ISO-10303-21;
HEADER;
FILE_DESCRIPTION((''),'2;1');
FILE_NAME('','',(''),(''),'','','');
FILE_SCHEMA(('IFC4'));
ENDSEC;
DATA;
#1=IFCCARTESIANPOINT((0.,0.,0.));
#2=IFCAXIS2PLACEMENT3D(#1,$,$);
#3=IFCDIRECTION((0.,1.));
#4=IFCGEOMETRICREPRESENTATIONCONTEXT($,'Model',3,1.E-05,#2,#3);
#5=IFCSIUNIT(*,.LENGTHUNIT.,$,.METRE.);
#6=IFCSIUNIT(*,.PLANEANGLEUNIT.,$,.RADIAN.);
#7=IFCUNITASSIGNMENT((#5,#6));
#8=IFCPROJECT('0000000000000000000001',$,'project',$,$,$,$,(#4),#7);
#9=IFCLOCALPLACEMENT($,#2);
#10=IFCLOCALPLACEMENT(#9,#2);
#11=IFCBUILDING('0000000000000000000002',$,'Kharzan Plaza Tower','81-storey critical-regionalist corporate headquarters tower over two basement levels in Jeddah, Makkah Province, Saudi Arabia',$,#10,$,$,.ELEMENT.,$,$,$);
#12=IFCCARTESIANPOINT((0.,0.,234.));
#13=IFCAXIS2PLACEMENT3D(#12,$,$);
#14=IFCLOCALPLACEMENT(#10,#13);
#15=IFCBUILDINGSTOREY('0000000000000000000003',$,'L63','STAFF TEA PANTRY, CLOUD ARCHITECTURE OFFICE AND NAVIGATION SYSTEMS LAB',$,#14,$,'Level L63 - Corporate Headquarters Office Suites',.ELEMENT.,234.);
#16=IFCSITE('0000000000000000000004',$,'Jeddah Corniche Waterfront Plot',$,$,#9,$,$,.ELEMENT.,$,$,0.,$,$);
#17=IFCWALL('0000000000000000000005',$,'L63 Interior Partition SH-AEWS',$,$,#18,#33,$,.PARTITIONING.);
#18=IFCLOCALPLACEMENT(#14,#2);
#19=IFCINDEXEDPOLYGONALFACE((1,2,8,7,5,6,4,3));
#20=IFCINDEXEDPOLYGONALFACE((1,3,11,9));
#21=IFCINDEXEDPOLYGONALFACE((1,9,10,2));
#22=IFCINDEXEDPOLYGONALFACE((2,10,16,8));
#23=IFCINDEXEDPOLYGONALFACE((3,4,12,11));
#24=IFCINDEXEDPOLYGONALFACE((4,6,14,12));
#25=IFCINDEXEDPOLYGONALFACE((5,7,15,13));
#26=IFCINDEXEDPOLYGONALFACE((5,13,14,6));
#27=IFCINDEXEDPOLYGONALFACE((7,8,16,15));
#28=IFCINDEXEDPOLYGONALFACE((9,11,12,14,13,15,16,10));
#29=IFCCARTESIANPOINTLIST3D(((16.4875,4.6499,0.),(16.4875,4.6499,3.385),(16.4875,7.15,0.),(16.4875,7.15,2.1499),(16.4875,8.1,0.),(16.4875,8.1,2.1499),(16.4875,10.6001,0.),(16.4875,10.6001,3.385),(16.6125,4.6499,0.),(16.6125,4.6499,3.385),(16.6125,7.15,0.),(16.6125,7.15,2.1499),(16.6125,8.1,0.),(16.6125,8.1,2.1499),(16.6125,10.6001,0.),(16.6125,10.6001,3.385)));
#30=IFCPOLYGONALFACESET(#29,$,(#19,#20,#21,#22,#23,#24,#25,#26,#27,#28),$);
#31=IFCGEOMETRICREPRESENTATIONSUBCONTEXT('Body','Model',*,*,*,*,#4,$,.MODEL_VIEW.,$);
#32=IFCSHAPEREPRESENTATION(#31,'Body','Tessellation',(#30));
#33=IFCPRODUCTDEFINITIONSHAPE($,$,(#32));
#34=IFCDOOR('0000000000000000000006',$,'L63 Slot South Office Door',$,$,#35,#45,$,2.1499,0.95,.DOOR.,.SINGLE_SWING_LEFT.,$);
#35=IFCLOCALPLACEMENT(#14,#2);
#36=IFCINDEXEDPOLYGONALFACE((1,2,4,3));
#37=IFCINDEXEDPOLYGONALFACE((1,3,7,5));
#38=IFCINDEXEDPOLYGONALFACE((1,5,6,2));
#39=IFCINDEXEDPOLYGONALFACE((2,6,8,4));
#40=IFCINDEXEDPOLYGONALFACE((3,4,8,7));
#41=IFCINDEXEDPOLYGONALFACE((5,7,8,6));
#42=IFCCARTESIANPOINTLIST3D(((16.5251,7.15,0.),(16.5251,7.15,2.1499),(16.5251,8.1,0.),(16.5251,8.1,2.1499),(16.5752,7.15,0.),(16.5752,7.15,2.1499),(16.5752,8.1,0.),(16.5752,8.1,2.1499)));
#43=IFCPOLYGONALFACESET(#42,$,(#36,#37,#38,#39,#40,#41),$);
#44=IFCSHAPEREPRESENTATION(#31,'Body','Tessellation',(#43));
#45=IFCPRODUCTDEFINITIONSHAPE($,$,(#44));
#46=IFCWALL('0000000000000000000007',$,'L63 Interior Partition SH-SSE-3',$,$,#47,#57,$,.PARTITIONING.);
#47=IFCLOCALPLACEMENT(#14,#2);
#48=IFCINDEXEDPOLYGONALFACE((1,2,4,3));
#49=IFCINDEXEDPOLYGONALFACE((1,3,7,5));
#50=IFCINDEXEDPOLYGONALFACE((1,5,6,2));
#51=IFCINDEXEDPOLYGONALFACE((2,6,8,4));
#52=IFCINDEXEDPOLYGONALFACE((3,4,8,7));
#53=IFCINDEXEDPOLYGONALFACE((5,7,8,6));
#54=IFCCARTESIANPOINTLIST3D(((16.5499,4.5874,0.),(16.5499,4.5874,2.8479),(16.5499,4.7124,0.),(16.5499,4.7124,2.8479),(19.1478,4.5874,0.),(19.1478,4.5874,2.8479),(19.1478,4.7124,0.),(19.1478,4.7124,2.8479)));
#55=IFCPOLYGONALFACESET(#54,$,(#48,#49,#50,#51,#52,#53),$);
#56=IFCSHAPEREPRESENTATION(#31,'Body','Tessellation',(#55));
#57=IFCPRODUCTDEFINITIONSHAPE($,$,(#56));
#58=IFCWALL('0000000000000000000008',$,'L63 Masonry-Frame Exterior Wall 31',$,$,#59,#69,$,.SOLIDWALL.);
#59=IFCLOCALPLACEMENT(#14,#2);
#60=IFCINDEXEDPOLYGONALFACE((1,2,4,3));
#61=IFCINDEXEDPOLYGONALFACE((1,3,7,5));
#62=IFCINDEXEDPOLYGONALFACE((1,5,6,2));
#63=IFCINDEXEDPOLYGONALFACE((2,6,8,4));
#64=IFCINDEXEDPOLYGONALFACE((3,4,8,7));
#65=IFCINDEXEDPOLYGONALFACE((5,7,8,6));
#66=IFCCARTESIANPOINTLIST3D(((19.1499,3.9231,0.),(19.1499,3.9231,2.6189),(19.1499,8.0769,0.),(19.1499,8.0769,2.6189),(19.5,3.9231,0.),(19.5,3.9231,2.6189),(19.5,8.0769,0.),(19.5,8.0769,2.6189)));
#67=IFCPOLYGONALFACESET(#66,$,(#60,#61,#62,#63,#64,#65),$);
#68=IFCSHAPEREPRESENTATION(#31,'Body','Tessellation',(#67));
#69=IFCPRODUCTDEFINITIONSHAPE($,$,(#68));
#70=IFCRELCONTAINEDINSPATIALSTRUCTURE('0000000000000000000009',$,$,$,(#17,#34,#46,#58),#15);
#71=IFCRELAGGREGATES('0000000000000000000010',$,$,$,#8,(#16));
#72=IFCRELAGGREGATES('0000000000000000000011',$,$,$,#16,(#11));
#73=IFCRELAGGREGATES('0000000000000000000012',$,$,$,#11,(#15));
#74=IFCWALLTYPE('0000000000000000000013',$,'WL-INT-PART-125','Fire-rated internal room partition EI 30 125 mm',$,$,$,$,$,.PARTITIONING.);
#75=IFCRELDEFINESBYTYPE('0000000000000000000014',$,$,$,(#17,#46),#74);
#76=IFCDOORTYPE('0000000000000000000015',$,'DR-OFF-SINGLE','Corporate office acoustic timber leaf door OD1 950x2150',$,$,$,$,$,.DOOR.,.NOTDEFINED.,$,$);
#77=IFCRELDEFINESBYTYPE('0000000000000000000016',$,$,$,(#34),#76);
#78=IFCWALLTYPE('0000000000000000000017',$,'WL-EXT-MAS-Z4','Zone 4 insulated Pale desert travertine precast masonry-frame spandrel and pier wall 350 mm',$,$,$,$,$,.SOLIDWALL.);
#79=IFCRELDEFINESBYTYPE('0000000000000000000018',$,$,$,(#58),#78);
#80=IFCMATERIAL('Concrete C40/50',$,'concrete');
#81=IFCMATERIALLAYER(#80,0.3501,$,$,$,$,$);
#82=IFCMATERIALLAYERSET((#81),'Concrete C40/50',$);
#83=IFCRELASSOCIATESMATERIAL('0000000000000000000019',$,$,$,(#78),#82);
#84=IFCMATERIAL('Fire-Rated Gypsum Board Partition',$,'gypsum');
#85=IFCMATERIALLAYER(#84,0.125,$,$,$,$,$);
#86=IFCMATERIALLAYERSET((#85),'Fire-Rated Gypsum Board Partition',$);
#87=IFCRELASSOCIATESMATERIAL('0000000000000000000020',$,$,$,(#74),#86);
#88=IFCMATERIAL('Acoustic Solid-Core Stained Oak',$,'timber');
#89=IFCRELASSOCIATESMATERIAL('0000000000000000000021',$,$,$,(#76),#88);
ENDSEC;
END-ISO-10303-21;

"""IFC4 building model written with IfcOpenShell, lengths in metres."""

from ifc_helpers import new_model, si_unit, direction, frame, frame_2d, origin, place, context, subcontext, project, spatial, rectangle, extrude, source, transform, mapped, material, layer, layer_set, type_object, element, fill, save


model = new_model("IFC4")

# Units and contexts
model_context = context("Model", 3, precision=1e-05, world=origin(), true_north=direction((0.0, 1.0)))
body_context = subcontext(model_context, "Body", "Model", "MODEL_VIEW")
ifc_project = project(units=[si_unit("LENGTHUNIT", "METRE"), si_unit("PLANEANGLEUNIT", "RADIAN")], contexts=[model_context])

# Site, building, storey
site_placement = place(None, origin())
site = spatial("IfcSite", under=ifc_project, at=site_placement, Name="Jeddah Corniche Waterfront Plot", CompositionType="ELEMENT", RefElevation=0.0)
building_placement = place(site_placement, origin())
building = spatial("IfcBuilding", under=site, at=building_placement, Name="Kharzan Plaza Tower", Description="81-storey critical-regionalist corporate headquarters tower over two basement levels in Jeddah, Makkah Province, Saudi Arabia", CompositionType="ELEMENT")
storey_placement = place(building_placement, frame((0.0, 0.0, 234.0)))
storey = spatial("IfcBuildingStorey", under=building, at=storey_placement, Name="L63", Description="STAFF TEA PANTRY, CLOUD ARCHITECTURE OFFICE AND NAVIGATION SYSTEMS LAB", LongName="Level L63 - Corporate Headquarters Office Suites", CompositionType="ELEMENT", Elevation=234.0)

# Shared definitions
ifc_material_1 = material(Name="Concrete C40/50", Category="concrete")
ifc_layer_1 = layer(ifc_material_1, 0.3501)
ifc_layer_set_1 = layer_set([ifc_layer_1], Name="Concrete C40/50")
wall_type_1 = type_object("IfcWallType", Name="WL-EXT-MAS-Z4", Description="Zone 4 insulated Pale desert travertine precast masonry-frame spandrel and pier wall 350 mm", PredefinedType="SOLIDWALL", material=ifc_layer_set_1)

# Wall, opening, door
ifc_material_2 = material(Name="Fire-Rated Gypsum Board Partition", Category="gypsum")
ifc_layer_2 = layer(ifc_material_2, 0.125)
ifc_layer_set_2 = layer_set([ifc_layer_2], Name="Fire-Rated Gypsum Board Partition")
wall_type_2 = type_object("IfcWallType", Name="WL-INT-PART-125", Description="Fire-rated internal room partition EI 30 125 mm", PredefinedType="PARTITIONING", material=ifc_layer_set_2)
wall_1_placement = place(storey_placement, frame((16.55, 4.6499, 0.0), z_axis=(0.0, 0.0, 1.0), x_axis=(0.0, 1.0, 0.0)))
wall_1 = element("IfcWall", 1, at=wall_1_placement, inside=storey, type_object=wall_type_2, Name="L63 Interior Partition SH-AEWS", PredefinedType="PARTITIONING", context=body_context, shape_type="SweptSolid", body=[
    extrude(rectangle(XDim=5.9502, YDim=0.125, at=frame_2d((2.9751, 0.0))), origin(), (0.0, 0.0, 1.0), 3.385),
])
opening_1_placement = place(wall_1_placement, frame((2.5, 0.0, 0.0)))
opening_1 = element("IfcOpeningElement", 2, at=opening_1_placement, cuts=wall_1, PredefinedType="OPENING", context=body_context, shape_type="SweptSolid", body=[
    extrude(rectangle(XDim=0.95, YDim=2.1499, at=frame_2d((0.4751, 1.075))), frame((0.0, 0.0725, 0.0), z_axis=(0.0, -1.0, 0.0), x_axis=(1.0, 0.0, 0.0)), (0.0, 0.0, 1.0), 0.145),
])
ifc_material_3 = material(Name="Acoustic Solid-Core Stained Oak", Category="timber")
door_type = type_object("IfcDoorType", Name="DR-OFF-SINGLE", Description="Corporate office acoustic timber leaf door OD1 950x2150", OperationType="NOTDEFINED", PredefinedType="DOOR", material=ifc_material_3)
shared_shape_1 = source(origin(), body_context, "Body", "SweptSolid", [
    extrude(rectangle(XDim=0.95, YDim=2.1499, at=frame_2d((0.4751, 1.075))), frame((0.0, 0.0249, 0.0), z_axis=(0.0, -1.0, 0.0), x_axis=(1.0, 0.0, 0.0)), (0.0, 0.0, 1.0), 0.05),
])
door_placement = place(opening_1_placement, origin())
door = element("IfcDoor", 3, at=door_placement, inside=storey, type_object=door_type, Name="L63 Slot South Office Door", OperationType="SINGLE_SWING_LEFT", OverallHeight=2.1499, OverallWidth=0.95, PredefinedType="DOOR", context=body_context, shape_type="MappedRepresentation", body=[
    mapped(shared_shape_1, transform((0.0, 0.0, 0.0), x_axis=(1.0, 0.0, 0.0), y_axis=(0.0, 1.0, 0.0), z_axis=(0.0, 0.0, 1.0))),
])
fill(opening_1, door)

# Walls
shared_shape_2 = source(origin(), body_context, "Body", "SweptSolid", [
    extrude(rectangle(XDim=2.5979, YDim=0.125, at=frame_2d((1.2988, 0.0))), origin(), (0.0, 0.0, 1.0), 2.8479),
])
wall_2_placement = place(storey_placement, frame((16.55, 4.6499, 0.0), z_axis=(0.0, 0.0, 1.0), x_axis=(1.0, 0.0, 0.0)))
element("IfcWall", 4, at=wall_2_placement, inside=storey, type_object=wall_type_2, Name="L63 Interior Partition SH-SSE-3", PredefinedType="PARTITIONING", context=body_context, shape_type="MappedRepresentation", body=[
    mapped(shared_shape_2, transform((0.0, 0.0, 0.0), x_axis=(1.0, 0.0, 0.0), y_axis=(0.0, 1.0, 0.0), z_axis=(0.0, 0.0, 1.0))),
])
shared_shape_3 = source(origin(), body_context, "Body", "SweptSolid", [
    extrude(rectangle(XDim=4.1538, YDim=0.3501, at=frame_2d((2.0769, 0.0))), origin(), (0.0, 0.0, 1.0), 2.6189),
])
wall_3_placement = place(storey_placement, frame((19.325, 3.9231, 0.0), z_axis=(0.0, 0.0, 1.0), x_axis=(0.0, 1.0, 0.0)))
element("IfcWall", 5, at=wall_3_placement, inside=storey, type_object=wall_type_1, Name="L63 Masonry-Frame Exterior Wall 31", PredefinedType="SOLIDWALL", context=body_context, shape_type="MappedRepresentation", body=[
    mapped(shared_shape_3, transform((0.0, 0.0, 0.0), x_axis=(1.0, 0.0, 0.0), y_axis=(0.0, 1.0, 0.0), z_axis=(0.0, 0.0, 1.0))),
])

save(model, "model.ifc")
